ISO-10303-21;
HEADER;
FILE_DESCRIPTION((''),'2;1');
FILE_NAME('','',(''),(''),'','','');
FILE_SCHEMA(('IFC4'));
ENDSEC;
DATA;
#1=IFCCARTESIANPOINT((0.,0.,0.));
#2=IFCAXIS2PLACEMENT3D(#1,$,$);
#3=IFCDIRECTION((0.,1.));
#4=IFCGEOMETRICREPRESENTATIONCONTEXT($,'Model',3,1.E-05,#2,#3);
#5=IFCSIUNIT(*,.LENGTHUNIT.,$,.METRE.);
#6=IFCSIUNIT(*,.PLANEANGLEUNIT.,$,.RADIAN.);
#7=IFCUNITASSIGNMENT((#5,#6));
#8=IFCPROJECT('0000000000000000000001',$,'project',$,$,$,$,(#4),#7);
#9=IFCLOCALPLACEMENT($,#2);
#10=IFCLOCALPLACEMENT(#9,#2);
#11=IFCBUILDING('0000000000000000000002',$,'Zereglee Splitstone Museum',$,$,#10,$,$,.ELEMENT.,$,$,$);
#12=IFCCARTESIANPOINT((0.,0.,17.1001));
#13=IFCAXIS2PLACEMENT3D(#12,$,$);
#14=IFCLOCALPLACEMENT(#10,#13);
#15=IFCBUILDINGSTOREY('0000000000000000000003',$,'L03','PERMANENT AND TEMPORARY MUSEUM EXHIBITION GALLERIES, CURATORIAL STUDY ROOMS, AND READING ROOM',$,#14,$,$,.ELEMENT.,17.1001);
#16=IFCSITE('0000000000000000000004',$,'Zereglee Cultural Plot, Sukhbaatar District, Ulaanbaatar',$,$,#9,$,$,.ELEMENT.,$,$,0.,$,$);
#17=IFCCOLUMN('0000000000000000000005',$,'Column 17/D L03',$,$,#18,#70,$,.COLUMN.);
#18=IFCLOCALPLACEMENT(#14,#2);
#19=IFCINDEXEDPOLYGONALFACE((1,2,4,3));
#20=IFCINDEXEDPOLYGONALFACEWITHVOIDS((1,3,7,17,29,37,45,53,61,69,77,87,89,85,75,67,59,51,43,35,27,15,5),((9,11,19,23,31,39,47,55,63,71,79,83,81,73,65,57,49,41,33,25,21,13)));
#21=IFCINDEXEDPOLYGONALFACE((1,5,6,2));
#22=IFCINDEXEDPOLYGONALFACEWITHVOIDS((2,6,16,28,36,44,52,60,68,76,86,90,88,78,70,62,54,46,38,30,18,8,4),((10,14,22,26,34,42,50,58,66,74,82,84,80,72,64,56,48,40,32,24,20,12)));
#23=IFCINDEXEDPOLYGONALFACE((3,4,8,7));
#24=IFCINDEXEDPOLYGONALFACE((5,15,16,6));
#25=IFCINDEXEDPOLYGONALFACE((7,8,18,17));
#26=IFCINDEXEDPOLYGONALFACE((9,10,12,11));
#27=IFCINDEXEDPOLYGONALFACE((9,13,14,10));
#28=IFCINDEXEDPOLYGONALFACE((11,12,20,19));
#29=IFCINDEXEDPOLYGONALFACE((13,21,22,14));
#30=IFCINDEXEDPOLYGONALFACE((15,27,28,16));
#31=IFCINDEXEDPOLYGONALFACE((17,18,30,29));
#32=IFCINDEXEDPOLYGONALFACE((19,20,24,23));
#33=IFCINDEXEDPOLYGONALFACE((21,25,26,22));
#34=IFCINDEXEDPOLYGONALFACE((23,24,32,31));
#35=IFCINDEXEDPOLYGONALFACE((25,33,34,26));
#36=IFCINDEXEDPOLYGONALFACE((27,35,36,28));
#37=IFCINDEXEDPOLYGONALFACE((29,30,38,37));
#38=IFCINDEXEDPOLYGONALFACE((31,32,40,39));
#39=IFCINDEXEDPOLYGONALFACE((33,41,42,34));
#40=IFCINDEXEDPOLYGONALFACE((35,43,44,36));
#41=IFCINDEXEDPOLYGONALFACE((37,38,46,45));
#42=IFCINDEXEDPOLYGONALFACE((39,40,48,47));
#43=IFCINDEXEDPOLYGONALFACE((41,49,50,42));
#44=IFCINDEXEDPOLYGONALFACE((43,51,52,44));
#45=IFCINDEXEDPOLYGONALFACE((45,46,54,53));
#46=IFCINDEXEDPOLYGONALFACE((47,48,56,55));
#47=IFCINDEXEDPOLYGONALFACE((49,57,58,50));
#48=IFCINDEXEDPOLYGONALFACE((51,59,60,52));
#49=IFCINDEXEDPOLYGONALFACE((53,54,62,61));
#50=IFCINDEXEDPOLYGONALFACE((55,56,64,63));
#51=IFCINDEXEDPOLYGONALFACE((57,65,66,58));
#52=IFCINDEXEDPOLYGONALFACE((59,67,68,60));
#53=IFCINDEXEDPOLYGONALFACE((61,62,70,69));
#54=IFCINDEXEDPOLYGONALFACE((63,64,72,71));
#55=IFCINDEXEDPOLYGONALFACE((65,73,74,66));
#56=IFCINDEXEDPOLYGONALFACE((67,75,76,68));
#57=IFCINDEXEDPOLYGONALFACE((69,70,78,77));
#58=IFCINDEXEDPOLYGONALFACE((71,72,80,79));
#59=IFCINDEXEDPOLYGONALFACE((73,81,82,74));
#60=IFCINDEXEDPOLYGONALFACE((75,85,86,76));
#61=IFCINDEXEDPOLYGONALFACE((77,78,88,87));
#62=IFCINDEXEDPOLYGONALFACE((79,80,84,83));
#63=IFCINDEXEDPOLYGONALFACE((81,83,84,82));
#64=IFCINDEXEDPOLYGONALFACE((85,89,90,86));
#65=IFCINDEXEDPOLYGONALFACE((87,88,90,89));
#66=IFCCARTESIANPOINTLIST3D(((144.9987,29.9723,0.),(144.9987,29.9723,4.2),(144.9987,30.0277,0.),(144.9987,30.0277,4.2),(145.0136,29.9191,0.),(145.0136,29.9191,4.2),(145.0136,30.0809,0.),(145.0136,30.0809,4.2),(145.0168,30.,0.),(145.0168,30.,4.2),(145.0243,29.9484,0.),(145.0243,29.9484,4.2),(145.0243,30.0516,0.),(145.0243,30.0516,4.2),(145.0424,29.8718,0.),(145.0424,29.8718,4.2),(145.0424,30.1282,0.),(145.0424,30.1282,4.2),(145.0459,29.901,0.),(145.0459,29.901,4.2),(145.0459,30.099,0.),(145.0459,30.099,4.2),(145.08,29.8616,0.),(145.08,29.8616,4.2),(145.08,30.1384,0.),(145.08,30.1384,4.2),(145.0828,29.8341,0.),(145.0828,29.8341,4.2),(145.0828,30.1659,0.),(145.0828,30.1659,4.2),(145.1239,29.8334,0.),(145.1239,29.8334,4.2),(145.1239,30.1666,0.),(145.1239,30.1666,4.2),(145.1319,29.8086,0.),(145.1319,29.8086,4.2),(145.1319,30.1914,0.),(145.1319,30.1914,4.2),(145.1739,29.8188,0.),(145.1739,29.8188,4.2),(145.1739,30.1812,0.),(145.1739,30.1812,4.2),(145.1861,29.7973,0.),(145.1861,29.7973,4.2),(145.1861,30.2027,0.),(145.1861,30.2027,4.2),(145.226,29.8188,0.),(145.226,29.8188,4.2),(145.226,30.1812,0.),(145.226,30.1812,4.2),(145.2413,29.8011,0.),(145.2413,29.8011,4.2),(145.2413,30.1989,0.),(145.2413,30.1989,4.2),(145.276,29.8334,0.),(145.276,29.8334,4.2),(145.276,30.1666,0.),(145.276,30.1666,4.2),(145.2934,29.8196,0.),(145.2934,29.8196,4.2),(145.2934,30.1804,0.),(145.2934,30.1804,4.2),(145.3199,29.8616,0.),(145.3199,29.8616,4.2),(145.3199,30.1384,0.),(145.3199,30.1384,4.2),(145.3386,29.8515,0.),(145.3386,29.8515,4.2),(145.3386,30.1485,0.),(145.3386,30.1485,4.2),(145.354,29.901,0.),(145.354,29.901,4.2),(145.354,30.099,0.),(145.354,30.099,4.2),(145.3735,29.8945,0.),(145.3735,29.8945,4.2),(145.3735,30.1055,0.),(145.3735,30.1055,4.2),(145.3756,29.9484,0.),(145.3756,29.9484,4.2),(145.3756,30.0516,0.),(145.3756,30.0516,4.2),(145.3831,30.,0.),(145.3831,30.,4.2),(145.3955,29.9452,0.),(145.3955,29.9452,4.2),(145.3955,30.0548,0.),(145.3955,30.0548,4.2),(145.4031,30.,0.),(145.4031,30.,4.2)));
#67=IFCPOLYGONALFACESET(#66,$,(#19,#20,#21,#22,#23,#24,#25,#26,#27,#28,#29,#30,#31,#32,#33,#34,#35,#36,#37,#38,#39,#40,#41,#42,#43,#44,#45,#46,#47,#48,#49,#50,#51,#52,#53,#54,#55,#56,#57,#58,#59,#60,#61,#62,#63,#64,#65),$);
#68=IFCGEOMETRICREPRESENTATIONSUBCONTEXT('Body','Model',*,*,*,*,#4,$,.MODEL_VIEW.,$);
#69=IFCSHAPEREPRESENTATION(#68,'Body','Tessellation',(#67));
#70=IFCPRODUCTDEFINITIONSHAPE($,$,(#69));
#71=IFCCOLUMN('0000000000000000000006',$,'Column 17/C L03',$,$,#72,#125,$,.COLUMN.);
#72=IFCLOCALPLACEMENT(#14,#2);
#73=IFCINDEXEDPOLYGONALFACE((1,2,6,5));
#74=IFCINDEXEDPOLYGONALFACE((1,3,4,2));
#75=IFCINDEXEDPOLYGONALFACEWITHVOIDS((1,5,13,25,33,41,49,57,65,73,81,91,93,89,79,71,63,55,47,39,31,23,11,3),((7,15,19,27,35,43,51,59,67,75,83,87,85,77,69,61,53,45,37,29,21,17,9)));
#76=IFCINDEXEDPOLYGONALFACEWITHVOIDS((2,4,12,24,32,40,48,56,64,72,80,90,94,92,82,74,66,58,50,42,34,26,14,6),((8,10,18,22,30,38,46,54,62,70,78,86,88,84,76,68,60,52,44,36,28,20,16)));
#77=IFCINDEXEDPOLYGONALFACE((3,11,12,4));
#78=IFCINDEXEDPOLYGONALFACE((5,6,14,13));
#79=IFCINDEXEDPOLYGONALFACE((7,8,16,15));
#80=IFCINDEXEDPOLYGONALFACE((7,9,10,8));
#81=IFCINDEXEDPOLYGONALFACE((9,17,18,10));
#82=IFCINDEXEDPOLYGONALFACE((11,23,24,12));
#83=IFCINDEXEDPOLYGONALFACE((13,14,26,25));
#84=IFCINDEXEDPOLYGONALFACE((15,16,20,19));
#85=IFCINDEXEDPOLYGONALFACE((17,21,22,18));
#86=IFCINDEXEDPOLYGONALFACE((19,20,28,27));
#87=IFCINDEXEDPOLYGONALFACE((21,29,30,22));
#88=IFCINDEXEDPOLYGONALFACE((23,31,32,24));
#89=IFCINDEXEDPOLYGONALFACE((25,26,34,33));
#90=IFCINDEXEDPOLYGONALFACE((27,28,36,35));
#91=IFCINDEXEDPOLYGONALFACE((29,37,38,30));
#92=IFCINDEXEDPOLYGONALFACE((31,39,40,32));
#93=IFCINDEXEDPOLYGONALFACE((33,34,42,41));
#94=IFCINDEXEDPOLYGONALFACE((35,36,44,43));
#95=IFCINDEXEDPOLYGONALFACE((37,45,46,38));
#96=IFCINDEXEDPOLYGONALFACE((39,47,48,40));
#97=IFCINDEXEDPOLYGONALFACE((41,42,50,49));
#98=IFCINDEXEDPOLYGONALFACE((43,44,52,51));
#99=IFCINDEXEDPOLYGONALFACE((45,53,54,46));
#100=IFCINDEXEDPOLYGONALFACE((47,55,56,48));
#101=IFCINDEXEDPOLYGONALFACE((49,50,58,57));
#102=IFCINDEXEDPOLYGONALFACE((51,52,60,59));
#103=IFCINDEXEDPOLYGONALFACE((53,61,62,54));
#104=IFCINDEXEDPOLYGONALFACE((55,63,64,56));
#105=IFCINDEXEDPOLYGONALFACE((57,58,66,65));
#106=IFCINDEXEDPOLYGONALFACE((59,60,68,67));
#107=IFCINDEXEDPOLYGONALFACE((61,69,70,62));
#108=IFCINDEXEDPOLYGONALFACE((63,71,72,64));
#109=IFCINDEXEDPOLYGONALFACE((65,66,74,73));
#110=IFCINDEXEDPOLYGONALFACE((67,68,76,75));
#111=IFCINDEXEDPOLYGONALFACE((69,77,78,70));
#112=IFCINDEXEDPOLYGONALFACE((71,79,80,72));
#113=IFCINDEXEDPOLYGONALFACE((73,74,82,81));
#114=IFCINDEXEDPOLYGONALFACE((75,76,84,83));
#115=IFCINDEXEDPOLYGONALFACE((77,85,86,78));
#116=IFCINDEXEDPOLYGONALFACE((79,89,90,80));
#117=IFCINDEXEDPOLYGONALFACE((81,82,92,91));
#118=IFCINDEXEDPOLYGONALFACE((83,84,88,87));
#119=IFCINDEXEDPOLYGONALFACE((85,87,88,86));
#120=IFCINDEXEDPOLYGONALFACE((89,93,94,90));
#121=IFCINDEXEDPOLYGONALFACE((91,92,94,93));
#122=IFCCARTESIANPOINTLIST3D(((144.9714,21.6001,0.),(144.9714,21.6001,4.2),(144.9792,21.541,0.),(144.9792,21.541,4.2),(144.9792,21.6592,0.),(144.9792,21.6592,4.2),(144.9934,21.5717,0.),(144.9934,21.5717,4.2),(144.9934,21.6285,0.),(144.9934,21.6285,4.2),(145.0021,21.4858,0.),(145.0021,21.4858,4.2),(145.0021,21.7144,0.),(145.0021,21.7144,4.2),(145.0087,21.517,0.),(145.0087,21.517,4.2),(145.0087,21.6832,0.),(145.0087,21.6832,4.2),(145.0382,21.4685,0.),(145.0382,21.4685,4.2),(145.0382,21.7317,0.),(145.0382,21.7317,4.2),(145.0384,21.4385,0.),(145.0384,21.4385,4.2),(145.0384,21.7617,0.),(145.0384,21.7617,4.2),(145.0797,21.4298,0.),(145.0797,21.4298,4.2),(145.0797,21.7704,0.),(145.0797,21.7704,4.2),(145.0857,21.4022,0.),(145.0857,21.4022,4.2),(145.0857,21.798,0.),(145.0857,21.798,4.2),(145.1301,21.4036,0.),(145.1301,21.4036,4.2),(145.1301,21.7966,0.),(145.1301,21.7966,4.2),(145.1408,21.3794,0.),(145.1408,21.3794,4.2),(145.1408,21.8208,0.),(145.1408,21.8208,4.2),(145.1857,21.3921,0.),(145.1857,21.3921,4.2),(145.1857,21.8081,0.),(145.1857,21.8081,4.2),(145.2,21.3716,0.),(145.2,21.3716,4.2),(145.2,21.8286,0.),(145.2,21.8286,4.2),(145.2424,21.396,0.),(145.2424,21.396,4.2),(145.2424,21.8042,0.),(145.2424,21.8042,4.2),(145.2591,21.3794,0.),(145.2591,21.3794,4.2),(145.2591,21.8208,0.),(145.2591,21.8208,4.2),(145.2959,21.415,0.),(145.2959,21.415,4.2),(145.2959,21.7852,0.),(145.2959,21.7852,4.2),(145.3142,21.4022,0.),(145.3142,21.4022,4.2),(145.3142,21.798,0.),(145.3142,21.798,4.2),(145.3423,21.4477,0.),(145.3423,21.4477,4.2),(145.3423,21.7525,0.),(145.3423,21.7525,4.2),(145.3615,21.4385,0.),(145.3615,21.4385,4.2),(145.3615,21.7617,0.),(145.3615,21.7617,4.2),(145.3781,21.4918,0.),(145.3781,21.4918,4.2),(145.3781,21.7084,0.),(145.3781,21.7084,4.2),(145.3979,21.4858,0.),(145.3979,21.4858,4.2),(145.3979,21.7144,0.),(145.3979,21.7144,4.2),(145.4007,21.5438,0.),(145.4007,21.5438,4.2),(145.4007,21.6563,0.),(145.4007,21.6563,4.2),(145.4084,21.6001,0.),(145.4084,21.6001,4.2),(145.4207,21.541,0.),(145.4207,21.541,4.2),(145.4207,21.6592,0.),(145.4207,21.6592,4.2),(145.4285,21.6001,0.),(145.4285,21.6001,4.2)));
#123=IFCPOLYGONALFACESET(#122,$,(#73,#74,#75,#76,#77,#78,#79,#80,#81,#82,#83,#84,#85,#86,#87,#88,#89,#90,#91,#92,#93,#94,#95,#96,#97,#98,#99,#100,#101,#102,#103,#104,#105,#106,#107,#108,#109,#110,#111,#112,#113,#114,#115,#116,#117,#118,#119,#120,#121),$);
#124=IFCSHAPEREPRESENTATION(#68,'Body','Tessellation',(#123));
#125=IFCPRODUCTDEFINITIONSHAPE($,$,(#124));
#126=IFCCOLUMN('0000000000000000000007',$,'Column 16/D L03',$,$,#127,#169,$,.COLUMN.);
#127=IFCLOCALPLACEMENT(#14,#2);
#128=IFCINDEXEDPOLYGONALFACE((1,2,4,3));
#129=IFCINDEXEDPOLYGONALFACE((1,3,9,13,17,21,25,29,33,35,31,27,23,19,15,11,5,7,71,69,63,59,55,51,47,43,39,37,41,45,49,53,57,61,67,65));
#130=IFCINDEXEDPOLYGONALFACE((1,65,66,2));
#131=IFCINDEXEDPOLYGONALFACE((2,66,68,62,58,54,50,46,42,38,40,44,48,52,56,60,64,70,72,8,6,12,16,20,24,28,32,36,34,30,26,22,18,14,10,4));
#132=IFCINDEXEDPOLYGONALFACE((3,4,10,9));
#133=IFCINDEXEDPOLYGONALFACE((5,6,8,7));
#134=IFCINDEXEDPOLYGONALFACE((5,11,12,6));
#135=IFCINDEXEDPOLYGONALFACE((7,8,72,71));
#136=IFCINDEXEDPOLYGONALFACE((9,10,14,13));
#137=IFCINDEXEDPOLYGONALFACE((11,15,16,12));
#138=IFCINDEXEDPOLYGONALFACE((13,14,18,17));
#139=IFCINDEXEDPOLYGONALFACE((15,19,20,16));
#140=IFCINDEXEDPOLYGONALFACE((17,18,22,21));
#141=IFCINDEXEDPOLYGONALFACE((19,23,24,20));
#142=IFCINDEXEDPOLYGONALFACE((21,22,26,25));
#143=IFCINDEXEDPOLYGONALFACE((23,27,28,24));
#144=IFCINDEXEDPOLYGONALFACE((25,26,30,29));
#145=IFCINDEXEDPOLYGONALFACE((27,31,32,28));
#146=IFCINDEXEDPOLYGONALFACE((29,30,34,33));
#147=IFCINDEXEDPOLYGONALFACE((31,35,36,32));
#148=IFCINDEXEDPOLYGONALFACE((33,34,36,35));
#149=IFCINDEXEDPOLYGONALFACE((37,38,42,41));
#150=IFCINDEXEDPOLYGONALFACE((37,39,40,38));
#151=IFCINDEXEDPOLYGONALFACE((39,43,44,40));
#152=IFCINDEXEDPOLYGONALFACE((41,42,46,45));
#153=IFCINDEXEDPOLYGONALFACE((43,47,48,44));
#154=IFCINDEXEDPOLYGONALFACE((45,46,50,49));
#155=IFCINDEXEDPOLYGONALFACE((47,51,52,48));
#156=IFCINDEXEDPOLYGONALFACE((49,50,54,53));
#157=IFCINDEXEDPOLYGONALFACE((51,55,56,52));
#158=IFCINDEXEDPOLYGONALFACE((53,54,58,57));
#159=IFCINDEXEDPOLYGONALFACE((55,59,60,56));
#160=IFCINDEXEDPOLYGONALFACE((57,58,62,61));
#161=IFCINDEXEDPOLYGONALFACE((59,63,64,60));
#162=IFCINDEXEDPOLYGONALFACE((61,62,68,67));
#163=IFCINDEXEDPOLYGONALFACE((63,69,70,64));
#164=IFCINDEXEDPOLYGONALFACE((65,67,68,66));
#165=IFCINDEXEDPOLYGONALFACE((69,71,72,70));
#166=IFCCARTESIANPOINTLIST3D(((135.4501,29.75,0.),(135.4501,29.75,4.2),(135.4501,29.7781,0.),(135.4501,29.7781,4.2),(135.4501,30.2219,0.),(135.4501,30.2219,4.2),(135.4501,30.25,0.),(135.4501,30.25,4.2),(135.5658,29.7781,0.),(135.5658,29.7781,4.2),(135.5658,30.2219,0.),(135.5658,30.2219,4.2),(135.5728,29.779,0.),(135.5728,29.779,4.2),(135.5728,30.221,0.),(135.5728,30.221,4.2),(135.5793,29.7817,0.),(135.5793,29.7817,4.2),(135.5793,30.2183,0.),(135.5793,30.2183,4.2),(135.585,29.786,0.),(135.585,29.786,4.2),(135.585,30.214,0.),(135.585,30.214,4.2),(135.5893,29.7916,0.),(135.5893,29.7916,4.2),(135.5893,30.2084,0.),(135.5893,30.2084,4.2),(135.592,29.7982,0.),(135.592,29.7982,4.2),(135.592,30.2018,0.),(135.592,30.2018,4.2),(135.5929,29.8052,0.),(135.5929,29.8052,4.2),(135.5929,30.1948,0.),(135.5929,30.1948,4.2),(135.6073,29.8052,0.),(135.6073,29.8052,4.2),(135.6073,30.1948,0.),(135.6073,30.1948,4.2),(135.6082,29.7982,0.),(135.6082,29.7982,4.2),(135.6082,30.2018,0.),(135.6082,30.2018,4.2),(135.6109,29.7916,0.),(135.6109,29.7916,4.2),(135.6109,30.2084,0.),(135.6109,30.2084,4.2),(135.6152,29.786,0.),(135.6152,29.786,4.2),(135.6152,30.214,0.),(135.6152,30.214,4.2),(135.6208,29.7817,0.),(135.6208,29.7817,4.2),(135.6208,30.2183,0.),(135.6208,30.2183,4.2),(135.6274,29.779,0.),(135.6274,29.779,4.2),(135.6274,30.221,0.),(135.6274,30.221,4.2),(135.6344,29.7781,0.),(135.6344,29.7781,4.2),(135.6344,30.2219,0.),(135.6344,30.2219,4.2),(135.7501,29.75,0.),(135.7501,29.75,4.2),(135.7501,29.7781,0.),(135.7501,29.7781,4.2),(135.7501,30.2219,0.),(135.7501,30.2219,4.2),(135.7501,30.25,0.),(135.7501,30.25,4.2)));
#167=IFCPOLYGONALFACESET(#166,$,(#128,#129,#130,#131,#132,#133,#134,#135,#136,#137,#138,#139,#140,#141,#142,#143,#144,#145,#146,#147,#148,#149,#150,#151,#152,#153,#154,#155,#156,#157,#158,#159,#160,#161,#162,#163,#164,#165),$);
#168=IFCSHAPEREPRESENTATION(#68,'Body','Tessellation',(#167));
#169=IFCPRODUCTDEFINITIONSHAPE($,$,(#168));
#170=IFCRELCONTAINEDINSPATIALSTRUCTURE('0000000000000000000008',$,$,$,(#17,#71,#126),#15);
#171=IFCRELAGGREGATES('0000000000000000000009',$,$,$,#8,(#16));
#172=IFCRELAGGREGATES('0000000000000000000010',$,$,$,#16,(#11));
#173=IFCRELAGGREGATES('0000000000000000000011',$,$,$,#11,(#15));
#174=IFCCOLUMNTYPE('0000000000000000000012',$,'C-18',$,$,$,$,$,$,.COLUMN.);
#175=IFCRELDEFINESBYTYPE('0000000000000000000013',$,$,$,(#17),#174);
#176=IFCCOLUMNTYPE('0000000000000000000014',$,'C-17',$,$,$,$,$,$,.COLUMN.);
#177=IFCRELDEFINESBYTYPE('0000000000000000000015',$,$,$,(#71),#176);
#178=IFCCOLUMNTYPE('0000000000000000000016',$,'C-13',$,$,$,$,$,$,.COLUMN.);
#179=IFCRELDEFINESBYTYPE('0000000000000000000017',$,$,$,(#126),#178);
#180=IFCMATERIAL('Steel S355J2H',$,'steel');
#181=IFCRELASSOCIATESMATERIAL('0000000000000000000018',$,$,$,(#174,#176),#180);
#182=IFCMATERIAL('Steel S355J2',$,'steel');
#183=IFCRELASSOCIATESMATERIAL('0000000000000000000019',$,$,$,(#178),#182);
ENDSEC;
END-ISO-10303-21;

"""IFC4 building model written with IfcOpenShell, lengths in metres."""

from ifc_helpers import new_model, si_unit, direction, frame, origin, origin_2d, place, context, subcontext, project, spatial, hollow_circle, i_section, extrude, material, material_profile, profile_set, type_object, element, save


model = new_model("IFC4")

# Units and contexts
model_context = context("Model", 3, precision=1e-05, world=origin(), true_north=direction((0.0, 1.0)))
body_context = subcontext(model_context, "Body", "Model", "MODEL_VIEW")
ifc_project = project(units=[si_unit("LENGTHUNIT", "METRE"), si_unit("PLANEANGLEUNIT", "RADIAN")], contexts=[model_context])

# Site, building, storey
site_placement = place(None, origin())
site = spatial("IfcSite", under=ifc_project, at=site_placement, Name="Zereglee Cultural Plot, Sukhbaatar District, Ulaanbaatar", CompositionType="ELEMENT", RefElevation=0.0)
building_placement = place(site_placement, origin())
building = spatial("IfcBuilding", under=site, at=building_placement, Name="Zereglee Splitstone Museum", CompositionType="ELEMENT")
storey_placement = place(building_placement, frame((0.0, 0.0, 17.1001)))
storey = spatial("IfcBuildingStorey", under=building, at=storey_placement, Name="L03", Description="PERMANENT AND TEMPORARY MUSEUM EXHIBITION GALLERIES, CURATORIAL STUDY ROOMS, AND READING ROOM", CompositionType="ELEMENT", Elevation=17.1001)

# Columns
ifc_material_1 = material(Name="Steel S355J2H", Category="steel")
ifc_material_profile_1 = material_profile(ifc_material_1, hollow_circle(Radius=0.2031, WallThickness=0.02, at=origin_2d()), Name="CHS 406.4x20")
ifc_profile_set_1 = profile_set([ifc_material_profile_1], Name="Steel S355J2H")
column_type_1 = type_object("IfcColumnType", Name="C-18", PredefinedType="COLUMN", material=ifc_profile_set_1)
column_1_placement = place(storey_placement, frame((145.2, 30.0, 0.0), z_axis=(0.0, 0.0, 1.0), x_axis=(1.0, 0.0, 0.0)))
element("IfcColumn", 1, at=column_1_placement, inside=storey, type_object=column_type_1, Name="Column 17/D L03", PredefinedType="COLUMN", context=body_context, shape_type="SweptSolid", body=[
    extrude(hollow_circle(Radius=0.2031, WallThickness=0.02, at=origin_2d()), origin(), (0.0, 0.0, 1.0), 4.2),
])
ifc_material_profile_2 = material_profile(ifc_material_1, hollow_circle(Radius=0.2285, WallThickness=0.02, at=origin_2d()), Name="CHS 457.0x20")
ifc_profile_set_2 = profile_set([ifc_material_profile_2], Name="Steel S355J2H")
column_type_2 = type_object("IfcColumnType", Name="C-17", PredefinedType="COLUMN", material=ifc_profile_set_2)
column_2_placement = place(storey_placement, frame((145.2, 21.6001, 0.0), z_axis=(0.0, 0.0, 1.0), x_axis=(1.0, 0.0, 0.0)))
element("IfcColumn", 2, at=column_2_placement, inside=storey, type_object=column_type_2, Name="Column 17/C L03", PredefinedType="COLUMN", context=body_context, shape_type="SweptSolid", body=[
    extrude(hollow_circle(Radius=0.2285, WallThickness=0.02, at=origin_2d()), origin(), (0.0, 0.0, 1.0), 4.2),
])
ifc_material_2 = material(Name="Steel S355J2", Category="steel")
ifc_material_profile_3 = material_profile(ifc_material_2, i_section(OverallWidth=0.3, OverallDepth=0.5, WebThickness=0.0144, FlangeThickness=0.0281, FilletRadius=0.0271, at=origin_2d()), Name="HE 500 B")
ifc_profile_set_3 = profile_set([ifc_material_profile_3], Name="Steel S355J2")
column_type_3 = type_object("IfcColumnType", Name="C-13", PredefinedType="COLUMN", material=ifc_profile_set_3)
column_3_placement = place(storey_placement, frame((135.6001, 30.0, 0.0), z_axis=(0.0, 0.0, 1.0), x_axis=(1.0, 0.0, 0.0)))
element("IfcColumn", 3, at=column_3_placement, inside=storey, type_object=column_type_3, Name="Column 16/D L03", PredefinedType="COLUMN", context=body_context, shape_type="SweptSolid", body=[
    extrude(i_section(OverallWidth=0.3, OverallDepth=0.5, WebThickness=0.0144, FlangeThickness=0.0281, FilletRadius=0.0271, at=origin_2d()), origin(), (0.0, 0.0, 1.0), 4.2),
])

save(model, "model.ifc")
